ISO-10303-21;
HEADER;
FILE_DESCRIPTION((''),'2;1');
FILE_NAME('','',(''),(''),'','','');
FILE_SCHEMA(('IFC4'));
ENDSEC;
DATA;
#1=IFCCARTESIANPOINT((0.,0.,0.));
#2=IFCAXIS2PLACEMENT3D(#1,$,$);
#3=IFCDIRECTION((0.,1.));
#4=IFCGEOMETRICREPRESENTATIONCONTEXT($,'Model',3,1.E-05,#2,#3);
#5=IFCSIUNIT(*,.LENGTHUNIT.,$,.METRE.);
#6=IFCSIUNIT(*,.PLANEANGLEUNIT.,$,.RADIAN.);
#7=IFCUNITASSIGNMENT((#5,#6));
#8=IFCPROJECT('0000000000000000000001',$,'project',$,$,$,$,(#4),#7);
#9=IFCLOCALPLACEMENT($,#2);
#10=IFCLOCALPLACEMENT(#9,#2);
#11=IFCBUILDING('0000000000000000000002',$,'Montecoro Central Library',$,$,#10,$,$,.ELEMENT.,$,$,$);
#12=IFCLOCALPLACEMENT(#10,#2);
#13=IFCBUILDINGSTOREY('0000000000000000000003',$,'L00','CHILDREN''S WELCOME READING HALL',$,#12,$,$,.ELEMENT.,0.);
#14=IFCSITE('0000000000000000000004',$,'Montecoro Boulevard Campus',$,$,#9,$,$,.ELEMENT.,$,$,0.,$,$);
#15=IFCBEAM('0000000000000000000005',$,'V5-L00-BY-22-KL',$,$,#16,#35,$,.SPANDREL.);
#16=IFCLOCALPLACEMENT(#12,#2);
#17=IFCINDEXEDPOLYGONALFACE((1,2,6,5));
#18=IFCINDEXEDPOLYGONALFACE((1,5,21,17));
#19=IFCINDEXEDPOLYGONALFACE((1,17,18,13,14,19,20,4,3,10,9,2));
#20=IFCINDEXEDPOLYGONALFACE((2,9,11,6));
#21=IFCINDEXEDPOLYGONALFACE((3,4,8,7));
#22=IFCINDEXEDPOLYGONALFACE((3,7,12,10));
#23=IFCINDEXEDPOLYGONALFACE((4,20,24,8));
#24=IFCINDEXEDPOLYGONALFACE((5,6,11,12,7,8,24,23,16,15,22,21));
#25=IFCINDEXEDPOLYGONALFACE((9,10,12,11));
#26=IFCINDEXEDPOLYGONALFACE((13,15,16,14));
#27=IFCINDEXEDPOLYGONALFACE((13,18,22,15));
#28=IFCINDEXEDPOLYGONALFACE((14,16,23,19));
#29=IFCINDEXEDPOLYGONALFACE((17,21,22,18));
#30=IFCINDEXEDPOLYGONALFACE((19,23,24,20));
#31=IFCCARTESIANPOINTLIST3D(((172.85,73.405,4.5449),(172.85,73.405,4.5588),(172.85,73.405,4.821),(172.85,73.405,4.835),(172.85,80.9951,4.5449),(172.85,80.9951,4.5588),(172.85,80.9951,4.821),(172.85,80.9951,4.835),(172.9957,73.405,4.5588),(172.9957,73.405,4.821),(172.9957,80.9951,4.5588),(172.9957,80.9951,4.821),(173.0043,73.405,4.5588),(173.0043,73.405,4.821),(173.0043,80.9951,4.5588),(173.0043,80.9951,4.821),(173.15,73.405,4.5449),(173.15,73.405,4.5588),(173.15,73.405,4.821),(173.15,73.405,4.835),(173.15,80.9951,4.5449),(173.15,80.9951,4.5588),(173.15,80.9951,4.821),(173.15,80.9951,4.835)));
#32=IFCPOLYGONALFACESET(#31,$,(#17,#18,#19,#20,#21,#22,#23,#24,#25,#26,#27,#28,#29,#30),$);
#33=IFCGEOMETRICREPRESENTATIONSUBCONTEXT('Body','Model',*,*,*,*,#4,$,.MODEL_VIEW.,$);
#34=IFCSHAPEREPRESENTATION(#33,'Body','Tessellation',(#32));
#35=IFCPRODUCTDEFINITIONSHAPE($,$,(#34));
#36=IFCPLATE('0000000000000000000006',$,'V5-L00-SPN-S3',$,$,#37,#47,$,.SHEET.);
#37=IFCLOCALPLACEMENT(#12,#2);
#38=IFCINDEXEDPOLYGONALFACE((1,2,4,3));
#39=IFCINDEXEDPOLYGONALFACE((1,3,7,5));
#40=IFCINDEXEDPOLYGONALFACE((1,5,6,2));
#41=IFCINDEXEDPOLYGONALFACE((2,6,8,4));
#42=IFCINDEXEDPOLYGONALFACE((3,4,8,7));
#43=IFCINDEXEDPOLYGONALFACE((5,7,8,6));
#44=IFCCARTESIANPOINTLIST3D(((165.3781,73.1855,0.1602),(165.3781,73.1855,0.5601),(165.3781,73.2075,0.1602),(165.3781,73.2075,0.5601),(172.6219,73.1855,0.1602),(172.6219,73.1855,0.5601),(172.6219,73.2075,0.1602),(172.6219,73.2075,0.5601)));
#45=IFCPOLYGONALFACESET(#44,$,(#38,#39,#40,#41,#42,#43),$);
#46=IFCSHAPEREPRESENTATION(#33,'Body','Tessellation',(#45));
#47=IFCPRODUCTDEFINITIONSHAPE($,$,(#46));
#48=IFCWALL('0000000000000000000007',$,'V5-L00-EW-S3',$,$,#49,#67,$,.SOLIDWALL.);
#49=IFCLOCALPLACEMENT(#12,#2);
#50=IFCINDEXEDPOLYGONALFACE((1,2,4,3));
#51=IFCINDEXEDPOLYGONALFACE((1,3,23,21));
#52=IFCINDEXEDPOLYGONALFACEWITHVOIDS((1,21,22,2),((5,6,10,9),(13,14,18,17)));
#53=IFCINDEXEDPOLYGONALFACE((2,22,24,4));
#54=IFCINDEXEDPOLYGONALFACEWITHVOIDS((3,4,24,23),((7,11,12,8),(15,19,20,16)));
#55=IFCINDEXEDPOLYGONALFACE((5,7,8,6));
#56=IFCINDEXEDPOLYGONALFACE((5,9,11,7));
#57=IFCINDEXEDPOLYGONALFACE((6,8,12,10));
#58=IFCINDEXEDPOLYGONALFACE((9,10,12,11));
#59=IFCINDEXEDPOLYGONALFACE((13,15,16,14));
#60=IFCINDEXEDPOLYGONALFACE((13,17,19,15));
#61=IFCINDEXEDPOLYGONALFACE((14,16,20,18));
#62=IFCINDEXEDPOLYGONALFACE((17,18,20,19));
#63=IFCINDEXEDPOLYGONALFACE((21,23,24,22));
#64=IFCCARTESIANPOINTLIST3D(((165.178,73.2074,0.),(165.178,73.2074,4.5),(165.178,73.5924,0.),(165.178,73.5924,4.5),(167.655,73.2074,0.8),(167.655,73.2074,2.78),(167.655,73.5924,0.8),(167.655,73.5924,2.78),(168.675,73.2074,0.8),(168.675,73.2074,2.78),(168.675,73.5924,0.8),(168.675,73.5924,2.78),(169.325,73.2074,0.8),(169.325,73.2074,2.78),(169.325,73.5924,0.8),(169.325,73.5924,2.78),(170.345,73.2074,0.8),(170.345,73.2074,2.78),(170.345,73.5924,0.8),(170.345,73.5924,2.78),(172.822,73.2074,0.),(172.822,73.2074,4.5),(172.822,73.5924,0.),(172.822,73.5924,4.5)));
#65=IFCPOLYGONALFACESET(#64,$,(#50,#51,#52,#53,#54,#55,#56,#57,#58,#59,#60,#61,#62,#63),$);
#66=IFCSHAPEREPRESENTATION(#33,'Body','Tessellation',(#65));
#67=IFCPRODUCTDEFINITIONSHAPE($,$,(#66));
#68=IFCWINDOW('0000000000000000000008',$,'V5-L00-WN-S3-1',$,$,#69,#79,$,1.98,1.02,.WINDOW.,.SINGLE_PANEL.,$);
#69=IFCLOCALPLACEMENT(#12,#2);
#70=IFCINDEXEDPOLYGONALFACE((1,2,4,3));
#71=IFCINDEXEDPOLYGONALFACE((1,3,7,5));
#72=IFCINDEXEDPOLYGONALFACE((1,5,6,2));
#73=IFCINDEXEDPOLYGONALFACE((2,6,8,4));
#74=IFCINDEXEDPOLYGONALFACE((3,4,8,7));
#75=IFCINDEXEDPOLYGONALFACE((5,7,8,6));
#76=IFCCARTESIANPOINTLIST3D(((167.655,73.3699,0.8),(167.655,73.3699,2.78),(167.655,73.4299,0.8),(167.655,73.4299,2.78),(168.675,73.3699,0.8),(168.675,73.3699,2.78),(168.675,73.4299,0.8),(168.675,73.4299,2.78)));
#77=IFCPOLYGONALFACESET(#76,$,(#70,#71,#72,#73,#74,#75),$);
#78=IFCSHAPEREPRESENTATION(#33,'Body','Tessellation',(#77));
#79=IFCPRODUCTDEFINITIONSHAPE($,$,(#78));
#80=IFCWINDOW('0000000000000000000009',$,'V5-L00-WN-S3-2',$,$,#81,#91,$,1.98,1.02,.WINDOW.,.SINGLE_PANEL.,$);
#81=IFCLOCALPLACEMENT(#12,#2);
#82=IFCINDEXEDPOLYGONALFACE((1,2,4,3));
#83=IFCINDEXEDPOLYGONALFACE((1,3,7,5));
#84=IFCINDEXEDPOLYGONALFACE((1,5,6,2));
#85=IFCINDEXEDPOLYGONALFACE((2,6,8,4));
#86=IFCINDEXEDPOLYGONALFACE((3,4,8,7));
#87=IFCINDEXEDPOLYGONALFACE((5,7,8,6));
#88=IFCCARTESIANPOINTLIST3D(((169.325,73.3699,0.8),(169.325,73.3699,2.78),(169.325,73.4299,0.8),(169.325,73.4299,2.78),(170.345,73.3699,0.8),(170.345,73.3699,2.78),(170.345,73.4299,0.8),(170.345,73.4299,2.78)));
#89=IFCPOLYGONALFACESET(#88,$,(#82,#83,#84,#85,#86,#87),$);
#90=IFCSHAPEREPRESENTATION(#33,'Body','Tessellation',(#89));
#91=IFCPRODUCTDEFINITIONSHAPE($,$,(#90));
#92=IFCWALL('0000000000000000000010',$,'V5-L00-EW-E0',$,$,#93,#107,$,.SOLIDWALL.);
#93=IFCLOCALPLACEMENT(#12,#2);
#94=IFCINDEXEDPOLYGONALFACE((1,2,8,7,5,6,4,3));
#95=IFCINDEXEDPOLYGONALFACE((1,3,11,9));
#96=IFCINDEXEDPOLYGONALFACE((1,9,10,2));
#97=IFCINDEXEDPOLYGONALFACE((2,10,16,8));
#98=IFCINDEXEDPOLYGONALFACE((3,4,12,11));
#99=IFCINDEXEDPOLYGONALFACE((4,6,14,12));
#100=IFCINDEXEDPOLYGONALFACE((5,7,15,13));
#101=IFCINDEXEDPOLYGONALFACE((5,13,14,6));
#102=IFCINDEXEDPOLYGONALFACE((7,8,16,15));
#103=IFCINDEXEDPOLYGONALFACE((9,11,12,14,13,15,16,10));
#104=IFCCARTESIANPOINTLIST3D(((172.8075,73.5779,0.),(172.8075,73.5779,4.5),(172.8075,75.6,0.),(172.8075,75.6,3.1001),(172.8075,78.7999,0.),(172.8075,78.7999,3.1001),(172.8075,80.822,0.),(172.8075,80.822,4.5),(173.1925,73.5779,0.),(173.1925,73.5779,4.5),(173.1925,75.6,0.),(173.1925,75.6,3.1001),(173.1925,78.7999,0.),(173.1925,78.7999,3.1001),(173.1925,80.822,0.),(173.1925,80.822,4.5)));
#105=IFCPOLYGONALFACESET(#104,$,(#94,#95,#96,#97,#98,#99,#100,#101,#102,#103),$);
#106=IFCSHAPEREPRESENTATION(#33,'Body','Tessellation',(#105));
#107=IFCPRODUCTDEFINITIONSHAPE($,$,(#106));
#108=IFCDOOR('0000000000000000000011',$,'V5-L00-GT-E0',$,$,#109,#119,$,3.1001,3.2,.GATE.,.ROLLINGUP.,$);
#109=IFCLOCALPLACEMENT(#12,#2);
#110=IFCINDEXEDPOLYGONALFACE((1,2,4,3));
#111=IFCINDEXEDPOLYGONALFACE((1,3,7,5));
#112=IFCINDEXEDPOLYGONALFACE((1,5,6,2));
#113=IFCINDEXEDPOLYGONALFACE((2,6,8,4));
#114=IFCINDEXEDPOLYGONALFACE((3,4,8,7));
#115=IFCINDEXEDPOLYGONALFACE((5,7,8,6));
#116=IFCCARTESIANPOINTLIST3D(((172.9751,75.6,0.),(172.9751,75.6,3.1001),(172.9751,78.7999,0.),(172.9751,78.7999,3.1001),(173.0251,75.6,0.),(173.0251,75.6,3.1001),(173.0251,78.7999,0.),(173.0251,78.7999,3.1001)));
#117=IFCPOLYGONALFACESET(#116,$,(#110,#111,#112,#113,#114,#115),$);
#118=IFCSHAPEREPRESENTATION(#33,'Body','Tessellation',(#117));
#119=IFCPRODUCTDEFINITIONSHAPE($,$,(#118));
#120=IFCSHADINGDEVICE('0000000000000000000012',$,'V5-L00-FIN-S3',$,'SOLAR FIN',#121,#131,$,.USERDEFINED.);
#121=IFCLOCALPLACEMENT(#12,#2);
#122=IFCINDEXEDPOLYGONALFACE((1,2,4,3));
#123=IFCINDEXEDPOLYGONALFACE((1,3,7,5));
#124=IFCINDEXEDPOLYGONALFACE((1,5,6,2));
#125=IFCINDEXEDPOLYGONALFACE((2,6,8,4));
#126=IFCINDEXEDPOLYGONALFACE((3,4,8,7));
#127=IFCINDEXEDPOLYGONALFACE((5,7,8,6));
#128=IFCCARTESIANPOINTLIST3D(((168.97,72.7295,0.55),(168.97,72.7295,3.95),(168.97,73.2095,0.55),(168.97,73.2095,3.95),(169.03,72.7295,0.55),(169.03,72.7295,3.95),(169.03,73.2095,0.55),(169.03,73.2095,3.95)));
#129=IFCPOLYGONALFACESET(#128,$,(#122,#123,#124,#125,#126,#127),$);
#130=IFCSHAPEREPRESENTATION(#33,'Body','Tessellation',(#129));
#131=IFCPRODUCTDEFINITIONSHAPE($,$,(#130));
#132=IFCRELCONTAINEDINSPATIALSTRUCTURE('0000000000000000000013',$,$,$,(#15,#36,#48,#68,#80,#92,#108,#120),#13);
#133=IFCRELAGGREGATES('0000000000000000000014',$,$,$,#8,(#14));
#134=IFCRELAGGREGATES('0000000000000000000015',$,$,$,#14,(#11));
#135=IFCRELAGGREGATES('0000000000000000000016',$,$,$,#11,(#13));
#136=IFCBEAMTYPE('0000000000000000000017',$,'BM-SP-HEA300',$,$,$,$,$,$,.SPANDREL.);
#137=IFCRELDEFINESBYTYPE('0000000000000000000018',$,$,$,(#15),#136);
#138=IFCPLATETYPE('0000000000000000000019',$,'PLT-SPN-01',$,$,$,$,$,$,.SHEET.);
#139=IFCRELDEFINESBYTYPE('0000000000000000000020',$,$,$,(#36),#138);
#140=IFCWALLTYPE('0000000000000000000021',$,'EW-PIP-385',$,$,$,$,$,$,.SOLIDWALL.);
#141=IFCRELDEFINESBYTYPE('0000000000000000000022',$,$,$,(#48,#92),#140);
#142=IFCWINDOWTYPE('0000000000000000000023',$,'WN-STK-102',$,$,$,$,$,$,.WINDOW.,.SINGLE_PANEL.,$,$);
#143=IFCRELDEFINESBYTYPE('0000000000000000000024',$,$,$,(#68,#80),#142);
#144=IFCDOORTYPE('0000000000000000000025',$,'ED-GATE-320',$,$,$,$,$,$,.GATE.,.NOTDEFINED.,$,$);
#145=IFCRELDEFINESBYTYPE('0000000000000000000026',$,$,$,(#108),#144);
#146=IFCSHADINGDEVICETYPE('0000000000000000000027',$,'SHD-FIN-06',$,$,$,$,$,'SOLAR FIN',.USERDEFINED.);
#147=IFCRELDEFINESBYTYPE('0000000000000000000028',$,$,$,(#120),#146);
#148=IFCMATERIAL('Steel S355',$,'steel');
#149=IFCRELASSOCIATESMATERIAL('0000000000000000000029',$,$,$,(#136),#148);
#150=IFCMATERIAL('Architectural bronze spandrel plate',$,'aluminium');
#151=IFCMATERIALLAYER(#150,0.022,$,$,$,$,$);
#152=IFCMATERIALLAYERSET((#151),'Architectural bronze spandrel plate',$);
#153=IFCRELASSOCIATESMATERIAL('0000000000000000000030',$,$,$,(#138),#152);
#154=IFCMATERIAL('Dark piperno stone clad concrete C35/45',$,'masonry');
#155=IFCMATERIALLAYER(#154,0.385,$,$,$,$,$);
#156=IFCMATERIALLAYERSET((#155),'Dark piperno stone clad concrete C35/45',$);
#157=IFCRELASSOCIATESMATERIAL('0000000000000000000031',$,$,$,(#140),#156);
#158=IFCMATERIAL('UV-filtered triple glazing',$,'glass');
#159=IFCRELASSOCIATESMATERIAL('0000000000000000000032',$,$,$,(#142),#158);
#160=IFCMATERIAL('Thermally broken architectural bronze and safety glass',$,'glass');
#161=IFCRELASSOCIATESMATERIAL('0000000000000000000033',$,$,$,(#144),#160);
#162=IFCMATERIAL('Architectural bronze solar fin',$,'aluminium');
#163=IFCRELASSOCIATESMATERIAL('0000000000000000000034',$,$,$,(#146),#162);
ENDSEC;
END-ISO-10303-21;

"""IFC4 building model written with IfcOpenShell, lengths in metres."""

from ifc_helpers import new_model, si_unit, direction, frame, frame_2d, origin, origin_2d, place, context, subcontext, project, spatial, rectangle, i_section, extrude, material, layer, layer_set, material_profile, profile_set, type_object, element, fill, save


model = new_model("IFC4")

# Units and contexts
model_context = context("Model", 3, precision=1e-05, world=origin(), true_north=direction((0.0, 1.0)))
body_context = subcontext(model_context, "Body", "Model", "MODEL_VIEW")
ifc_project = project(units=[si_unit("LENGTHUNIT", "METRE"), si_unit("PLANEANGLEUNIT", "RADIAN")], contexts=[model_context])

# Site, building, storey
site_placement = place(None, origin())
site = spatial("IfcSite", under=ifc_project, at=site_placement, Name="Montecoro Boulevard Campus", CompositionType="ELEMENT", RefElevation=0.0)
building_placement = place(site_placement, origin())
building = spatial("IfcBuilding", under=site, at=building_placement, Name="Montecoro Central Library", CompositionType="ELEMENT")
storey_placement = place(building_placement, origin())
storey = spatial("IfcBuildingStorey", under=building, at=storey_placement, Name="L00", Description="CHILDREN'S WELCOME READING HALL", CompositionType="ELEMENT", Elevation=0.0)

# Shared definitions
ifc_material_1 = material(Name="Steel S355", Category="steel")

# Beam
ifc_material_profile_1 = material_profile(ifc_material_1, i_section(OverallWidth=0.3, OverallDepth=0.29, WebThickness=0.0085, FlangeThickness=0.0139, at=origin_2d()), Name="HEA 300")
ifc_profile_set_1 = profile_set([ifc_material_profile_1], Name="Steel S355")
beam_type_1 = type_object("IfcBeamType", Name="BM-SP-HEA300", PredefinedType="SPANDREL", material=ifc_profile_set_1)
beam_1_placement = place(storey_placement, frame((173.0, 73.405, 4.6899), z_axis=(0.0, 1.0, 0.0), x_axis=(-1.0, 0.0, 0.0)))
element("IfcBeam", 1, at=beam_1_placement, inside=storey, type_object=beam_type_1, Name="V5-L00-BY-22-KL", PredefinedType="SPANDREL", context=body_context, shape_type="SweptSolid", body=[
    extrude(i_section(OverallWidth=0.3, OverallDepth=0.29, WebThickness=0.0085, FlangeThickness=0.0139, at=origin_2d()), origin(), (0.0, 0.0, 1.0), 7.5901),
])

# Plate
ifc_material_2 = material(Name="Architectural bronze spandrel plate", Category="aluminium")
ifc_layer_1 = layer(ifc_material_2, 0.022)
ifc_layer_set_1 = layer_set([ifc_layer_1], Name="Architectural bronze spandrel plate")
plate_type = type_object("IfcPlateType", Name="PLT-SPN-01", PredefinedType="SHEET", material=ifc_layer_set_1)
plate_placement = place(storey_placement, frame((169.0, 73.1965, 0.1602), z_axis=(0.0, 0.0, 1.0), x_axis=(1.0, 0.0, 0.0)))
element("IfcPlate", 2, at=plate_placement, inside=storey, type_object=plate_type, Name="V5-L00-SPN-S3", PredefinedType="SHEET", context=body_context, shape_type="SweptSolid", body=[
    extrude(rectangle(XDim=7.2439, YDim=0.022, at=origin_2d()), origin(), (0.0, 0.0, 1.0), 0.3999),
])

# Wall, openings, windows
ifc_material_3 = material(Name="Dark piperno stone clad concrete C35/45", Category="masonry")
ifc_layer_2 = layer(ifc_material_3, 0.385)
ifc_layer_set_2 = layer_set([ifc_layer_2], Name="Dark piperno stone clad concrete C35/45")
wall_type = type_object("IfcWallType", Name="EW-PIP-385", PredefinedType="SOLIDWALL", material=ifc_layer_set_2)
wall_1_placement = place(storey_placement, frame((165.178, 73.3999, 0.0), z_axis=(0.0, 0.0, 1.0), x_axis=(1.0, 0.0, 0.0)))
wall_1 = element("IfcWall", 3, at=wall_1_placement, inside=storey, type_object=wall_type, Name="V5-L00-EW-S3", PredefinedType="SOLIDWALL", context=body_context, shape_type="SweptSolid", body=[
    extrude(rectangle(XDim=7.644, YDim=0.385, at=frame_2d((3.822, 0.0))), origin(), (0.0, 0.0, 1.0), 4.5),
])
opening_1_placement = place(wall_1_placement, frame((2.4771, 0.0, 0.8)))
opening_1 = element("IfcOpeningElement", 4, at=opening_1_placement, cuts=wall_1, PredefinedType="OPENING", context=body_context, shape_type="SweptSolid", body=[
    extrude(rectangle(XDim=1.02, YDim=1.98, at=frame_2d((0.51, 0.99))), frame((0.0, 0.2024, 0.0), z_axis=(0.0, -1.0, 0.0), x_axis=(1.0, 0.0, 0.0)), (0.0, 0.0, 1.0), 0.405),
])
opening_2_placement = place(wall_1_placement, frame((4.147, 0.0, 0.8)))
opening_2 = element("IfcOpeningElement", 5, at=opening_2_placement, cuts=wall_1, PredefinedType="OPENING", context=body_context, shape_type="SweptSolid", body=[
    extrude(rectangle(XDim=1.02, YDim=1.98, at=frame_2d((0.51, 0.99))), frame((0.0, 0.2024, 0.0), z_axis=(0.0, -1.0, 0.0), x_axis=(1.0, 0.0, 0.0)), (0.0, 0.0, 1.0), 0.405),
])
ifc_material_4 = material(Name="UV-filtered triple glazing", Category="glass")
window_type = type_object("IfcWindowType", Name="WN-STK-102", PartitioningType="SINGLE_PANEL", PredefinedType="WINDOW", material=ifc_material_4)
window_1_placement = place(opening_1_placement, origin())
window_1 = element("IfcWindow", 6, at=window_1_placement, inside=storey, type_object=window_type, Name="V5-L00-WN-S3-1", OverallHeight=1.98, OverallWidth=1.02, PartitioningType="SINGLE_PANEL", PredefinedType="WINDOW", context=body_context, shape_type="SweptSolid", body=[
    extrude(rectangle(XDim=1.02, YDim=1.98, at=frame_2d((0.51, 0.99))), frame((0.0, 0.03, 0.0), z_axis=(0.0, -1.0, 0.0), x_axis=(1.0, 0.0, 0.0)), (0.0, 0.0, 1.0), 0.0601),
])
fill(opening_1, window_1)
window_2_placement = place(opening_2_placement, origin())
window_2 = element("IfcWindow", 7, at=window_2_placement, inside=storey, type_object=window_type, Name="V5-L00-WN-S3-2", OverallHeight=1.98, OverallWidth=1.02, PartitioningType="SINGLE_PANEL", PredefinedType="WINDOW", context=body_context, shape_type="SweptSolid", body=[
    extrude(rectangle(XDim=1.02, YDim=1.98, at=frame_2d((0.51, 0.99))), frame((0.0, 0.03, 0.0), z_axis=(0.0, -1.0, 0.0), x_axis=(1.0, 0.0, 0.0)), (0.0, 0.0, 1.0), 0.0601),
])
fill(opening_2, window_2)

# Wall, opening, door
wall_2_placement = place(storey_placement, frame((173.0, 73.5779, 0.0), z_axis=(0.0, 0.0, 1.0), x_axis=(0.0, 1.0, 0.0)))
wall_2 = element("IfcWall", 8, at=wall_2_placement, inside=storey, type_object=wall_type, Name="V5-L00-EW-E0", PredefinedType="SOLIDWALL", context=body_context, shape_type="SweptSolid", body=[
    extrude(rectangle(XDim=7.2441, YDim=0.385, at=frame_2d((3.6221, 0.0))), origin(), (0.0, 0.0, 1.0), 4.5),
])
opening_3_placement = place(wall_2_placement, frame((2.022, 0.0, 0.0)))
opening_3 = element("IfcOpeningElement", 9, at=opening_3_placement, cuts=wall_2, PredefinedType="OPENING", context=body_context, shape_type="SweptSolid", body=[
    extrude(rectangle(XDim=3.2, YDim=3.1001, at=frame_2d((1.6001, 1.55))), frame((0.0, 0.2024, 0.0), z_axis=(0.0, -1.0, 0.0), x_axis=(1.0, 0.0, 0.0)), (0.0, 0.0, 1.0), 0.405),
])
ifc_material_5 = material(Name="Thermally broken architectural bronze and safety glass", Category="glass")
door_type = type_object("IfcDoorType", Name="ED-GATE-320", OperationType="NOTDEFINED", PredefinedType="GATE", material=ifc_material_5)
door_placement = place(opening_3_placement, origin())
door = element("IfcDoor", 10, at=door_placement, inside=storey, type_object=door_type, Name="V5-L00-GT-E0", OperationType="ROLLINGUP", OverallHeight=3.1001, OverallWidth=3.2, PredefinedType="GATE", context=body_context, shape_type="SweptSolid", body=[
    extrude(rectangle(XDim=3.2, YDim=3.1001, at=frame_2d((1.6001, 1.55))), frame((0.0, 0.0249, 0.0), z_axis=(0.0, -1.0, 0.0), x_axis=(1.0, 0.0, 0.0)), (0.0, 0.0, 1.0), 0.05),
])
fill(opening_3, door)

# Shading device
ifc_material_6 = material(Name="Architectural bronze solar fin", Category="aluminium")
shading_device_type = type_object("IfcShadingDeviceType", Name="SHD-FIN-06", ElementType="SOLAR FIN", PredefinedType="USERDEFINED", material=ifc_material_6)
shading_device_placement = place(storey_placement, frame((169.0, 72.9695, 0.55), z_axis=(0.0, 0.0, 1.0), x_axis=(1.0, 0.0, 0.0)))
element("IfcShadingDevice", 11, at=shading_device_placement, inside=storey, type_object=shading_device_type, Name="V5-L00-FIN-S3", ObjectType="SOLAR FIN", PredefinedType="USERDEFINED", context=body_context, shape_type="SweptSolid", body=[
    extrude(rectangle(XDim=0.0601, YDim=0.48, at=origin_2d()), origin(), (0.0, 0.0, 1.0), 3.3999),
])

save(model, "model.ifc")
